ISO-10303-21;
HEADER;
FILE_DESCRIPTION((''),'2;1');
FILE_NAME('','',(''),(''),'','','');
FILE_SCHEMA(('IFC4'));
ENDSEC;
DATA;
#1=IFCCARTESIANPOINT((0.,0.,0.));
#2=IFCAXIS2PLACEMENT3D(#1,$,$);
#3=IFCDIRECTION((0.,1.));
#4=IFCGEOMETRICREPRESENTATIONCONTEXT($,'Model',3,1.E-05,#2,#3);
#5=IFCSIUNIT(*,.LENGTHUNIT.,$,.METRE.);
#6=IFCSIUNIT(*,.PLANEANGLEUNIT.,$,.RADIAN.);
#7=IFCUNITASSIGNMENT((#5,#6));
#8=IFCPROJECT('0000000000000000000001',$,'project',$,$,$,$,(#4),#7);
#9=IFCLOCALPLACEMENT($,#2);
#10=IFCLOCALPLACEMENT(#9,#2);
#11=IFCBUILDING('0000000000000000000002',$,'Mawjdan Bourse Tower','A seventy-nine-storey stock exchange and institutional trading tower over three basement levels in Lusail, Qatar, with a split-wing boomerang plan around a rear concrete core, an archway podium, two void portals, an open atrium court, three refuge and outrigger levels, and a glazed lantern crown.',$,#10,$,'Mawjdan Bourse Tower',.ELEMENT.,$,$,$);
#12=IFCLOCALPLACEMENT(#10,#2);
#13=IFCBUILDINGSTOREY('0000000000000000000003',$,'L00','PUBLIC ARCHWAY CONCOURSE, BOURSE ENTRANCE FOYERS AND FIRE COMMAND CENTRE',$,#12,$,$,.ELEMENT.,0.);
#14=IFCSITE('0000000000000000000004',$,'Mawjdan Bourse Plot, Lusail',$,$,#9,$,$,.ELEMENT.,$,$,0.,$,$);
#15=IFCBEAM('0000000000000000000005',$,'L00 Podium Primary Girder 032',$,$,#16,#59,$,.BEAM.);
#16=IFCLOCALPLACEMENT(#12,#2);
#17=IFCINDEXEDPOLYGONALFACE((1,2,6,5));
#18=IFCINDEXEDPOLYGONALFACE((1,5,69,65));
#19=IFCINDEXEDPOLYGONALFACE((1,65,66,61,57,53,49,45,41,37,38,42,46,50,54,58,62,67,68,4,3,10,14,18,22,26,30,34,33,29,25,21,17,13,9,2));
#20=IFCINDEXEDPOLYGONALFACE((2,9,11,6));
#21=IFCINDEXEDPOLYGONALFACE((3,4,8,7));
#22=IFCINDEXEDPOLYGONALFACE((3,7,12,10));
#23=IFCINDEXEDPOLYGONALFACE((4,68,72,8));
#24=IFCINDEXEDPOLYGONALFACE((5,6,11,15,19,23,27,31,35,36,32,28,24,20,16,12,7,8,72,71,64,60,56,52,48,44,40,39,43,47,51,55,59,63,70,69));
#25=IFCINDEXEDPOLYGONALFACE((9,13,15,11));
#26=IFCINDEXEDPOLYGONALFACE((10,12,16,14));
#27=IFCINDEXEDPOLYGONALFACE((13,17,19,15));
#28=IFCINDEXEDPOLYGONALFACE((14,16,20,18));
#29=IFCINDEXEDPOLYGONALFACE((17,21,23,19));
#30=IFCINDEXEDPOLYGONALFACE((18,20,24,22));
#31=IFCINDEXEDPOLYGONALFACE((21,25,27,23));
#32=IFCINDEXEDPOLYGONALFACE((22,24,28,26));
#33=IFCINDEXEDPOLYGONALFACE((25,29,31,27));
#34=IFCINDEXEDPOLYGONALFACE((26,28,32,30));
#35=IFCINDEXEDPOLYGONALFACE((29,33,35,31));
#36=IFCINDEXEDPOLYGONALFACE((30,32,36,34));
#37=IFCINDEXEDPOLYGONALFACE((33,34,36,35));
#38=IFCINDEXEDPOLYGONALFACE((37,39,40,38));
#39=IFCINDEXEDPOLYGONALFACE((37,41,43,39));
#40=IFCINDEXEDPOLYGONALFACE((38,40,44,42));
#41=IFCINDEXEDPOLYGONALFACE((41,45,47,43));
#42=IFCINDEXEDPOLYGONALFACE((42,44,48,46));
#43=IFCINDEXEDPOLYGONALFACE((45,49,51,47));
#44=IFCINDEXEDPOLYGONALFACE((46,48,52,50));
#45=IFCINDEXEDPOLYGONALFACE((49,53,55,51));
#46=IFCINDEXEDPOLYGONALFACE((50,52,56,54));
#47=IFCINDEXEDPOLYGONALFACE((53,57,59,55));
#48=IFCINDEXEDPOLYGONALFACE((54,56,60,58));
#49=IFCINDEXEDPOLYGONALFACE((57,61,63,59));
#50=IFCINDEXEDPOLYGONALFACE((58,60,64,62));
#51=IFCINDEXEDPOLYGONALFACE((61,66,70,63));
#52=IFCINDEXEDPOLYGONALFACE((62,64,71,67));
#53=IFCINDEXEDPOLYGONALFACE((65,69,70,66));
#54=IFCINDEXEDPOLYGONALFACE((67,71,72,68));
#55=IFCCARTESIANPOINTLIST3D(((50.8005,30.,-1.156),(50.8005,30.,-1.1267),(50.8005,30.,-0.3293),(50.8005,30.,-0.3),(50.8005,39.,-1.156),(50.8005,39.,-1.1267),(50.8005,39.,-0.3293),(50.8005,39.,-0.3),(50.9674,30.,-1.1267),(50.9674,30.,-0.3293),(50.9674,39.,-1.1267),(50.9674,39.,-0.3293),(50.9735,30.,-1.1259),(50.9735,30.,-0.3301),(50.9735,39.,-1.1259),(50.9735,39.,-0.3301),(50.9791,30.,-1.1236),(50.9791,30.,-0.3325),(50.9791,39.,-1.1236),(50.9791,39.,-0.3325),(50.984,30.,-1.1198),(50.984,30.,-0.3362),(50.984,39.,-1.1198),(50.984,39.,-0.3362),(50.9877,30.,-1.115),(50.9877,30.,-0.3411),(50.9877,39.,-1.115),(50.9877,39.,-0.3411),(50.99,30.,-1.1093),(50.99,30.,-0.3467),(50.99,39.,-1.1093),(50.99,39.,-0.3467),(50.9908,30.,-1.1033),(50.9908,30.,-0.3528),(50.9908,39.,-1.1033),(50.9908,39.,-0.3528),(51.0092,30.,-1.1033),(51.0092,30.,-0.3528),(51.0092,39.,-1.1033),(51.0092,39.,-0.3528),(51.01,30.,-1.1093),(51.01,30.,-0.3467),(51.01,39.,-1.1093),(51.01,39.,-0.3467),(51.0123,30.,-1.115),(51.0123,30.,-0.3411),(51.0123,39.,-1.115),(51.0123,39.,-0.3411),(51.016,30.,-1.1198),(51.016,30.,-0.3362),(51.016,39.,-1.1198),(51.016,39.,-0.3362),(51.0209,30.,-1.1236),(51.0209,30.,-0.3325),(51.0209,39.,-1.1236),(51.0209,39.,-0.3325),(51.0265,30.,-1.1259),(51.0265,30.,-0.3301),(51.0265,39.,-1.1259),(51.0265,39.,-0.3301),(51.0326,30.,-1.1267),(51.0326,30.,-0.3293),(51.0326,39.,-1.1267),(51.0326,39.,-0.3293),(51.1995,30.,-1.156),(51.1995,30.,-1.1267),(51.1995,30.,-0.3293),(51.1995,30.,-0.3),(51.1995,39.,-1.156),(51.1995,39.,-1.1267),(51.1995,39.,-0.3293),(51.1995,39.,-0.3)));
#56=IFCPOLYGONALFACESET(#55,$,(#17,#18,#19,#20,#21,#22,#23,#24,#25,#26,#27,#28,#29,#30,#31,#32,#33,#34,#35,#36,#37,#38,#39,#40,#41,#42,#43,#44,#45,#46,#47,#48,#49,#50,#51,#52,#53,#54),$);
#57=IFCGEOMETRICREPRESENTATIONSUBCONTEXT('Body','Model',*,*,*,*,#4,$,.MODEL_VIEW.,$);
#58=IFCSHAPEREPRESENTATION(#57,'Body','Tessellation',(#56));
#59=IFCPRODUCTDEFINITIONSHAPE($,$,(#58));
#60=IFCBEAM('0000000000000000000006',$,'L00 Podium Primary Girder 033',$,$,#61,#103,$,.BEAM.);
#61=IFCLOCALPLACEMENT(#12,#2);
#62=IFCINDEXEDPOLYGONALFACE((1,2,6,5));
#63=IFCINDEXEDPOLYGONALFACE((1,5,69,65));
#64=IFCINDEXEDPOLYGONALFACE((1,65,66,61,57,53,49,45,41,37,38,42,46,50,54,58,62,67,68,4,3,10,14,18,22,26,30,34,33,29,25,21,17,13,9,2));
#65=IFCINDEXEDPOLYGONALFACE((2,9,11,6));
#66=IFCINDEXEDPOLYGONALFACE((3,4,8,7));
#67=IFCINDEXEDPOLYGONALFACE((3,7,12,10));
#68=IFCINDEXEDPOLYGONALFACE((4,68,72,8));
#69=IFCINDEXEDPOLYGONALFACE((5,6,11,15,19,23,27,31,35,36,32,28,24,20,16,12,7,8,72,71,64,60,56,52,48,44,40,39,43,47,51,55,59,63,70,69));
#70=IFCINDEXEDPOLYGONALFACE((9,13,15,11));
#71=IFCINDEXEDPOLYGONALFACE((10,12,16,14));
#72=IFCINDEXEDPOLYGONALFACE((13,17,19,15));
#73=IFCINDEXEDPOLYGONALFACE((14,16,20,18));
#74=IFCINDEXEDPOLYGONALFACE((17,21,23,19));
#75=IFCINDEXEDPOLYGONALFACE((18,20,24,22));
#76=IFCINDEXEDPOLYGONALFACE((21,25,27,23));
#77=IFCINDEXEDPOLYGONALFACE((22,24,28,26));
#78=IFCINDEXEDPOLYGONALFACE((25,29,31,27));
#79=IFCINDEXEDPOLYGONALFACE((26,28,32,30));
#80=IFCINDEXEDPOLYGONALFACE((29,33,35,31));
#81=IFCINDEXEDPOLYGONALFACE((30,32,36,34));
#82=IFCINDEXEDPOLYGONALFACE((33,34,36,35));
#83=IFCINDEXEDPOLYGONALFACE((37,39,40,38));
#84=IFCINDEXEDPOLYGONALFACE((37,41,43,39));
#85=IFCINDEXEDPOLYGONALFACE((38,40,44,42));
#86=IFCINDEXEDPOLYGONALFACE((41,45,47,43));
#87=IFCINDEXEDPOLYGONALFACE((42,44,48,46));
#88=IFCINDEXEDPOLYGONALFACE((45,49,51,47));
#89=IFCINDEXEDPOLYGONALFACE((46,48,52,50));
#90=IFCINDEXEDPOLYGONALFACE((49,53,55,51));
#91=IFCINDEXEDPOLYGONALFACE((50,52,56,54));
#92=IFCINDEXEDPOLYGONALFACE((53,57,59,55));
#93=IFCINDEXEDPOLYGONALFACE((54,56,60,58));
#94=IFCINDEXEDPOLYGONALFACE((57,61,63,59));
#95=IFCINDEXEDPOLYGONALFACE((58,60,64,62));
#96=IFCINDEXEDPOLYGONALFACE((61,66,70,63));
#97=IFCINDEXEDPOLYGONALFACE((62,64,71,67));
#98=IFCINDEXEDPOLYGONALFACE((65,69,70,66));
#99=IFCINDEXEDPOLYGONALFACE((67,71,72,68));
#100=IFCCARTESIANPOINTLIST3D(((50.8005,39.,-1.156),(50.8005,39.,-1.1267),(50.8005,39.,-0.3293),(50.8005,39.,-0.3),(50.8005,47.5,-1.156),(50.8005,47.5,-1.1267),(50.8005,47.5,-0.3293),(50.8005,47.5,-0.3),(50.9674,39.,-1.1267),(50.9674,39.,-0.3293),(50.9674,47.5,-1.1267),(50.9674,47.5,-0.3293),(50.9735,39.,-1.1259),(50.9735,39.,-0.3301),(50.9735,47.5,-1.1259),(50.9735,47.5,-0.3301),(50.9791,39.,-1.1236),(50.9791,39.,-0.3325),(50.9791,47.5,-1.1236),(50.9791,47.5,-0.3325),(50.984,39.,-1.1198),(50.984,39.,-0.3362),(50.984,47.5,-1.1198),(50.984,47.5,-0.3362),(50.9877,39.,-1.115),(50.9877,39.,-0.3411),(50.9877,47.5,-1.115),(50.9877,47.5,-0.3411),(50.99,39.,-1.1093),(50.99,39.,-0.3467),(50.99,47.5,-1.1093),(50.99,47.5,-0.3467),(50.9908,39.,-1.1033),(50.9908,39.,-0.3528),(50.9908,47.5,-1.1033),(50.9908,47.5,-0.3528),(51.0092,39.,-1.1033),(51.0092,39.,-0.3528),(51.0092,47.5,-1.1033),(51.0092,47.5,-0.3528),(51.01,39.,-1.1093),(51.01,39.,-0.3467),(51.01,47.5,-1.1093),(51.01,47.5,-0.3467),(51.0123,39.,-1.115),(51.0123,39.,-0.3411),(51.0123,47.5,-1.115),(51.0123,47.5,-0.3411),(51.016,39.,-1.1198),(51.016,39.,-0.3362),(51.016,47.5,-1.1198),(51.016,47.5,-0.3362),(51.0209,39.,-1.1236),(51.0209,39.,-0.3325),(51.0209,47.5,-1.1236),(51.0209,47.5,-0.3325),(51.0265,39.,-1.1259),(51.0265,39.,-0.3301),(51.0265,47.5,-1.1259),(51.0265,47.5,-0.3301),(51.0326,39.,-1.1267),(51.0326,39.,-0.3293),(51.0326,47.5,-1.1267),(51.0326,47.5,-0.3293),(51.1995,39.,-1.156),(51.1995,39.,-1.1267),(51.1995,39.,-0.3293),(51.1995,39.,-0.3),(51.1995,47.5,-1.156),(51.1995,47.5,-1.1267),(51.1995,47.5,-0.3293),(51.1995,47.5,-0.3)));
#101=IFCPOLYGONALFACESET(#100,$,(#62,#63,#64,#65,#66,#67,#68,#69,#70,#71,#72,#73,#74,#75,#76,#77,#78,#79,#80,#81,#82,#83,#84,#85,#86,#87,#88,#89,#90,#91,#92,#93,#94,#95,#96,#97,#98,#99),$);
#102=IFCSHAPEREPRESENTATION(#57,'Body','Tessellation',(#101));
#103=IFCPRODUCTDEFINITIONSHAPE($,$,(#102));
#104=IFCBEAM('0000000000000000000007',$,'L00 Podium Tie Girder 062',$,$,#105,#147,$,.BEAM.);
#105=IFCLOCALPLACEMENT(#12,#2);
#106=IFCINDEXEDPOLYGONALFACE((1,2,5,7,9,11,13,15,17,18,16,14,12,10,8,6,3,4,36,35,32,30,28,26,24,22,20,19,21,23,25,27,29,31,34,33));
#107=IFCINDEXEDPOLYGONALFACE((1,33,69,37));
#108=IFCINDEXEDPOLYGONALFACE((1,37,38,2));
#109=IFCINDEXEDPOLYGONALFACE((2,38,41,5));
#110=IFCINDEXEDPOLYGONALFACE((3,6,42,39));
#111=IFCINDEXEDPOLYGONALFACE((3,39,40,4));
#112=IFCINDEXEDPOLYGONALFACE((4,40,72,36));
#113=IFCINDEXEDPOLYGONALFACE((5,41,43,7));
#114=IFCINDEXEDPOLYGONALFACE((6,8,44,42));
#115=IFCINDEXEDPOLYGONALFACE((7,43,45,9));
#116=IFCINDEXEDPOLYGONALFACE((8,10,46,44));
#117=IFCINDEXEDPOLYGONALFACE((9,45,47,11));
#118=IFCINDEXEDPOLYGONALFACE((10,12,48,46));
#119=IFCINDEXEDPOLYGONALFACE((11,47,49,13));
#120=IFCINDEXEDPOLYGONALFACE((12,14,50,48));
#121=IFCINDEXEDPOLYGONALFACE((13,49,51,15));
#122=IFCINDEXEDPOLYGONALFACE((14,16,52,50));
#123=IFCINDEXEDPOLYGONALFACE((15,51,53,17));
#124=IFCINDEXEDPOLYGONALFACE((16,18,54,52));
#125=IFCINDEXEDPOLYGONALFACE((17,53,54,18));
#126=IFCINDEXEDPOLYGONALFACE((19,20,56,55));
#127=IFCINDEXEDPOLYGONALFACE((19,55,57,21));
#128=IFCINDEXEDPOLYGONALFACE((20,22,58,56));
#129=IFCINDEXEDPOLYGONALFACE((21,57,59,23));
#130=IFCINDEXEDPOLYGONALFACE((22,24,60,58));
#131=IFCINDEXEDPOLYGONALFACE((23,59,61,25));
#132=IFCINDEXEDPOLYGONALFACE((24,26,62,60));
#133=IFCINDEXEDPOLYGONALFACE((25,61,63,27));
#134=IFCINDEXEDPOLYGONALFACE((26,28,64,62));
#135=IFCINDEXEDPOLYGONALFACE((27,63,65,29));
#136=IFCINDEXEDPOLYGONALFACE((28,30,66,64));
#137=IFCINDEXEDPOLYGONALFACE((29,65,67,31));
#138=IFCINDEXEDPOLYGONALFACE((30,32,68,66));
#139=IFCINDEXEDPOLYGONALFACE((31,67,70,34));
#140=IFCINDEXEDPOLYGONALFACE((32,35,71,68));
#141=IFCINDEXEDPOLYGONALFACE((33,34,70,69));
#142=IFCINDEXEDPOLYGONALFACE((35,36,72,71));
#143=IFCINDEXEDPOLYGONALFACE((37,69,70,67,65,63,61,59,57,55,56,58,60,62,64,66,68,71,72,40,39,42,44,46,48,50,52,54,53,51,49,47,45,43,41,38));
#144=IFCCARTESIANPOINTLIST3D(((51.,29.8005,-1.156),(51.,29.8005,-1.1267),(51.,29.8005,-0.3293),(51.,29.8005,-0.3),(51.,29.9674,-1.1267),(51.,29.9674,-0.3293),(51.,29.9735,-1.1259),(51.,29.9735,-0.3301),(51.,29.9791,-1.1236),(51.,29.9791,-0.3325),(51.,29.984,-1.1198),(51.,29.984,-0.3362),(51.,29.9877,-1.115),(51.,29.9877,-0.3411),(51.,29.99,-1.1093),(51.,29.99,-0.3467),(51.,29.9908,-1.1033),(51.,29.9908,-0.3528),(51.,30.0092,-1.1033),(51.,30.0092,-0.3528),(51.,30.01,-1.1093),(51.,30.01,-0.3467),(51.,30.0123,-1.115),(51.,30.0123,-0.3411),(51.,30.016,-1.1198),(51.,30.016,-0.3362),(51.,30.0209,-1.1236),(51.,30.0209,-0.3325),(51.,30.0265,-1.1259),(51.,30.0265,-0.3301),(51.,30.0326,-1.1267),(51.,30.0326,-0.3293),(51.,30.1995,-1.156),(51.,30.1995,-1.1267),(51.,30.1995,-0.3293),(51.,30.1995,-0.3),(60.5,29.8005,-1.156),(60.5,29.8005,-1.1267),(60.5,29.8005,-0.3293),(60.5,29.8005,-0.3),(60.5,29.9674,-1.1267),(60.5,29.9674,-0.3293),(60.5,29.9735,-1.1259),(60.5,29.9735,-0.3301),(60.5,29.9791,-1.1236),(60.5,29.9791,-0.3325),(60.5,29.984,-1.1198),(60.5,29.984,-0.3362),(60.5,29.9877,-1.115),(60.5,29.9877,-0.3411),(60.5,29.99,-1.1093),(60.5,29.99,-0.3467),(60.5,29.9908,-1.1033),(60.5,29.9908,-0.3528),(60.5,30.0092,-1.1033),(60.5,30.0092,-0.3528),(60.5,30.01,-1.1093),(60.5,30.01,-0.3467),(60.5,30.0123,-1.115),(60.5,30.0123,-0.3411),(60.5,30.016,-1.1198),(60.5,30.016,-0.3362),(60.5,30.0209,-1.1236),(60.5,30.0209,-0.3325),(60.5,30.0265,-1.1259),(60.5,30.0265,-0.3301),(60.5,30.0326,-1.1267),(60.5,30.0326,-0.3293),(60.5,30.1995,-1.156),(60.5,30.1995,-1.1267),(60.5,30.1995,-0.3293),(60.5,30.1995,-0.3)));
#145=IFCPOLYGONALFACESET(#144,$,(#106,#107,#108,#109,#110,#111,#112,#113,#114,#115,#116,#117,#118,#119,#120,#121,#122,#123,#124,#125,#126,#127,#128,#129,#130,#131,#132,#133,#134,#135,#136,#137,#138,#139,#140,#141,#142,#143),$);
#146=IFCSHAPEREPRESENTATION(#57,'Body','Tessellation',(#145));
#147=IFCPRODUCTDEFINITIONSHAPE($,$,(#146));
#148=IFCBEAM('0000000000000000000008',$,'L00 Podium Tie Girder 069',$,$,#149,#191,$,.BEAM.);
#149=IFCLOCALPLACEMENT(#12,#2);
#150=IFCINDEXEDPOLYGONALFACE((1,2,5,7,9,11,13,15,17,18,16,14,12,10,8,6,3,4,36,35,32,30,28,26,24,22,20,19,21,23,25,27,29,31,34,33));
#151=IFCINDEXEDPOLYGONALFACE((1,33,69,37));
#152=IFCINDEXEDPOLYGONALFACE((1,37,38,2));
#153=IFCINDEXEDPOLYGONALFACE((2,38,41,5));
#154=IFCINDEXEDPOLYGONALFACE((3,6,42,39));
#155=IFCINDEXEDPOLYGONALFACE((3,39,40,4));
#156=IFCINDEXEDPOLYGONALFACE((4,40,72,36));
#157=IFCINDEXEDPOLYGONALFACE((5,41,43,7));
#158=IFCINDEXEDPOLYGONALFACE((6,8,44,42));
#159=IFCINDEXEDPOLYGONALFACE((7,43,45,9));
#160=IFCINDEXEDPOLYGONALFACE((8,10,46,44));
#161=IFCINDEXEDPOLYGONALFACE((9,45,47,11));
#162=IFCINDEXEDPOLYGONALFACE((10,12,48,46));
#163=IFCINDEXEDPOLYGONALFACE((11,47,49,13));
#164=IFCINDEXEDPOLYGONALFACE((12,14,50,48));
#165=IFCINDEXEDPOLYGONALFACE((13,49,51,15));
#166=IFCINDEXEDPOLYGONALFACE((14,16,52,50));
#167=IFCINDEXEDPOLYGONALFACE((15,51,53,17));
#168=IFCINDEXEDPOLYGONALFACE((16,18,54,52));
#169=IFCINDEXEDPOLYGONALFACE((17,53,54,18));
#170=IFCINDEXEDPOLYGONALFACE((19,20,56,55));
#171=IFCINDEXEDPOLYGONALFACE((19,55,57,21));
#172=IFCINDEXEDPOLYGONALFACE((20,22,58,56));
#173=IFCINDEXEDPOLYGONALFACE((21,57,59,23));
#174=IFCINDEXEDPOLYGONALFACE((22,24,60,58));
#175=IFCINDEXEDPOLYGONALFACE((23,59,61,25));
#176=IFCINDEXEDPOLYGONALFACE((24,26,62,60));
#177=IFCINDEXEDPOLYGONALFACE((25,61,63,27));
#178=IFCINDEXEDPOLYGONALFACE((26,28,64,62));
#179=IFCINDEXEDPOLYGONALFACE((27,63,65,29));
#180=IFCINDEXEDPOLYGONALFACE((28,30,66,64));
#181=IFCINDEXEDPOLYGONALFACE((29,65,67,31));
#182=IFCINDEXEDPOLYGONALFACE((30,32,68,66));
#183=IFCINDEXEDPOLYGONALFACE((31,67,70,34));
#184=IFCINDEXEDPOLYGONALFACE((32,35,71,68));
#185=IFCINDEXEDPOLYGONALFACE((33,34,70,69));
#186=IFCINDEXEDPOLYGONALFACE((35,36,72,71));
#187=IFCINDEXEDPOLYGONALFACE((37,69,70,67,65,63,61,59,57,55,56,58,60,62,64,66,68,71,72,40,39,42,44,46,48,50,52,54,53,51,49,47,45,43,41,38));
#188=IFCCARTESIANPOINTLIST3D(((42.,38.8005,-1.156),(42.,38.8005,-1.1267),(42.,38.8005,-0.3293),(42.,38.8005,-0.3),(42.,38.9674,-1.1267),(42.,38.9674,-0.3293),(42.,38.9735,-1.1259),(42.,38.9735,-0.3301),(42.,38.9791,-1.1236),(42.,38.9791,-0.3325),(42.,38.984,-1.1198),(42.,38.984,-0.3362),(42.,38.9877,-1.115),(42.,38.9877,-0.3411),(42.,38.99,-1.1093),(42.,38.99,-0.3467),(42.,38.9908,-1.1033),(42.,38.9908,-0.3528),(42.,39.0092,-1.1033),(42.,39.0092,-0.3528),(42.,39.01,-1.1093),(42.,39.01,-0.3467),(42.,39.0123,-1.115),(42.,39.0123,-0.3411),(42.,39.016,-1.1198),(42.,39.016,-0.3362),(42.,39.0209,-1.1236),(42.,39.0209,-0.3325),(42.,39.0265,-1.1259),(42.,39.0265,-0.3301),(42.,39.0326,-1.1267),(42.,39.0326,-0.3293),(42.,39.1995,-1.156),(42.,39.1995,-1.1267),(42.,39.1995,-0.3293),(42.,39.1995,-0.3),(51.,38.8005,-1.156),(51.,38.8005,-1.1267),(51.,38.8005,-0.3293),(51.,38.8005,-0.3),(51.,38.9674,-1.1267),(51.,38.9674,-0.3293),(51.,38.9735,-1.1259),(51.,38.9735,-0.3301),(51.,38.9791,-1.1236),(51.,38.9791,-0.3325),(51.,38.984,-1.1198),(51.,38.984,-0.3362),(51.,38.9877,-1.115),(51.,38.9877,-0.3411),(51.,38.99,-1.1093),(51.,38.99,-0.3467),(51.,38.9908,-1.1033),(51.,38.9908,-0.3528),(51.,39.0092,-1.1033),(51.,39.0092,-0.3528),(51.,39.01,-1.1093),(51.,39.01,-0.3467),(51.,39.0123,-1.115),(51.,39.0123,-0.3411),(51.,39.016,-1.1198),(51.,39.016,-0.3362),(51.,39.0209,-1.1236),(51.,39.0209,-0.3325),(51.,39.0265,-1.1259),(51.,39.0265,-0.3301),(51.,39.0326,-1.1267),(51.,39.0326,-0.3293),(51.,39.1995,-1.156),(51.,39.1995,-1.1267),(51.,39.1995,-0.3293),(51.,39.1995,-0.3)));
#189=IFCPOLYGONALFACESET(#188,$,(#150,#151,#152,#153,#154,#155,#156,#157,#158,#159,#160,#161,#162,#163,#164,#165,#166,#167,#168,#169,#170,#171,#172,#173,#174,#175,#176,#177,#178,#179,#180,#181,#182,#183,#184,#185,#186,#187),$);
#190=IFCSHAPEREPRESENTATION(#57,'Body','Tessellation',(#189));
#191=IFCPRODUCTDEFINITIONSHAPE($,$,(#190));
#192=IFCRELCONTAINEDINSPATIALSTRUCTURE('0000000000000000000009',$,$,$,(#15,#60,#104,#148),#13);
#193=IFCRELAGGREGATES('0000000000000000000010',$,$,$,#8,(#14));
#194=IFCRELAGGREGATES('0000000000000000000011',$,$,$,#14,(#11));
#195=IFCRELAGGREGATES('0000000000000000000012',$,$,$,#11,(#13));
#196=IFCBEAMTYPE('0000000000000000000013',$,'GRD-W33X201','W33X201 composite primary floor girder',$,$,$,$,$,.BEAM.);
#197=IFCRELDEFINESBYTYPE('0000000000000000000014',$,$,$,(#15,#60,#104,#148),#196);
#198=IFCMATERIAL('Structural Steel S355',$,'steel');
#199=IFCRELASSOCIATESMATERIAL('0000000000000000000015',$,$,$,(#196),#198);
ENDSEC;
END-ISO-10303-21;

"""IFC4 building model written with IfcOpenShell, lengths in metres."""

from ifc_helpers import new_model, si_unit, direction, frame, origin, origin_2d, place, context, subcontext, project, spatial, i_section, extrude, material, material_profile, profile_set, type_object, element, save


model = new_model("IFC4")

# Units and contexts
model_context = context("Model", 3, precision=1e-05, world=origin(), true_north=direction((0.0, 1.0)))
body_context = subcontext(model_context, "Body", "Model", "MODEL_VIEW")
ifc_project = project(units=[si_unit("LENGTHUNIT", "METRE"), si_unit("PLANEANGLEUNIT", "RADIAN")], contexts=[model_context])

# Site, building, storey
site_placement = place(None, origin())
site = spatial("IfcSite", under=ifc_project, at=site_placement, Name="Mawjdan Bourse Plot, Lusail", CompositionType="ELEMENT", RefElevation=0.0)
building_placement = place(site_placement, origin())
building = spatial("IfcBuilding", under=site, at=building_placement, Name="Mawjdan Bourse Tower", Description="A seventy-nine-storey stock exchange and institutional trading tower over three basement levels in Lusail, Qatar, with a split-wing boomerang plan around a rear concrete core, an archway podium, two void portals, an open atrium court, three refuge and outrigger levels, and a glazed lantern crown.", LongName="Mawjdan Bourse Tower", CompositionType="ELEMENT")
storey_placement = place(building_placement, origin())
storey = spatial("IfcBuildingStorey", under=building, at=storey_placement, Name="L00", Description="PUBLIC ARCHWAY CONCOURSE, BOURSE ENTRANCE FOYERS AND FIRE COMMAND CENTRE", CompositionType="ELEMENT", Elevation=0.0)

# Beams
ifc_material_1 = material(Name="Structural Steel S355", Category="steel")
ifc_material_profile_1 = material_profile(ifc_material_1, i_section(OverallWidth=0.3989, OverallDepth=0.856, WebThickness=0.0183, FlangeThickness=0.0293, FilletRadius=0.0234, at=origin_2d()), Name="W33X201")
ifc_profile_set_1 = profile_set([ifc_material_profile_1], Name="Structural Steel S355")
beam_type_1 = type_object("IfcBeamType", Name="GRD-W33X201", Description="W33X201 composite primary floor girder", PredefinedType="BEAM", material=ifc_profile_set_1)
beam_1_placement = place(storey_placement, frame((51.0, 30.0, -0.728), z_axis=(0.0, 1.0, 0.0), x_axis=(-1.0, 0.0, 0.0)))
element("IfcBeam", 1, at=beam_1_placement, inside=storey, type_object=beam_type_1, Name="L00 Podium Primary Girder 032", PredefinedType="BEAM", context=body_context, shape_type="SweptSolid", body=[
    extrude(i_section(OverallWidth=0.3989, OverallDepth=0.856, WebThickness=0.0183, FlangeThickness=0.0293, FilletRadius=0.0234, at=origin_2d()), origin(), (0.0, 0.0, 1.0), 9.0),
])
beam_2_placement = place(storey_placement, frame((51.0, 39.0, -0.728), z_axis=(0.0, 1.0, 0.0), x_axis=(-1.0, 0.0, 0.0)))
element("IfcBeam", 2, at=beam_2_placement, inside=storey, type_object=beam_type_1, Name="L00 Podium Primary Girder 033", PredefinedType="BEAM", context=body_context, shape_type="SweptSolid", body=[
    extrude(i_section(OverallWidth=0.3989, OverallDepth=0.856, WebThickness=0.0183, FlangeThickness=0.0293, FilletRadius=0.0234, at=origin_2d()), origin(), (0.0, 0.0, 1.0), 8.5),
])
beam_3_placement = place(storey_placement, frame((51.0, 30.0, -0.728), z_axis=(1.0, 0.0, 0.0), x_axis=(0.0, 1.0, 0.0)))
element("IfcBeam", 3, at=beam_3_placement, inside=storey, type_object=beam_type_1, Name="L00 Podium Tie Girder 062", PredefinedType="BEAM", context=body_context, shape_type="SweptSolid", body=[
    extrude(i_section(OverallWidth=0.3989, OverallDepth=0.856, WebThickness=0.0183, FlangeThickness=0.0293, FilletRadius=0.0234, at=origin_2d()), origin(), (0.0, 0.0, 1.0), 9.5),
])
beam_4_placement = place(storey_placement, frame((42.0, 39.0, -0.728), z_axis=(1.0, 0.0, 0.0), x_axis=(0.0, 1.0, 0.0)))
element("IfcBeam", 4, at=beam_4_placement, inside=storey, type_object=beam_type_1, Name="L00 Podium Tie Girder 069", PredefinedType="BEAM", context=body_context, shape_type="SweptSolid", body=[
    extrude(i_section(OverallWidth=0.3989, OverallDepth=0.856, WebThickness=0.0183, FlangeThickness=0.0293, FilletRadius=0.0234, at=origin_2d()), origin(), (0.0, 0.0, 1.0), 9.0),
])

save(model, "model.ifc")
